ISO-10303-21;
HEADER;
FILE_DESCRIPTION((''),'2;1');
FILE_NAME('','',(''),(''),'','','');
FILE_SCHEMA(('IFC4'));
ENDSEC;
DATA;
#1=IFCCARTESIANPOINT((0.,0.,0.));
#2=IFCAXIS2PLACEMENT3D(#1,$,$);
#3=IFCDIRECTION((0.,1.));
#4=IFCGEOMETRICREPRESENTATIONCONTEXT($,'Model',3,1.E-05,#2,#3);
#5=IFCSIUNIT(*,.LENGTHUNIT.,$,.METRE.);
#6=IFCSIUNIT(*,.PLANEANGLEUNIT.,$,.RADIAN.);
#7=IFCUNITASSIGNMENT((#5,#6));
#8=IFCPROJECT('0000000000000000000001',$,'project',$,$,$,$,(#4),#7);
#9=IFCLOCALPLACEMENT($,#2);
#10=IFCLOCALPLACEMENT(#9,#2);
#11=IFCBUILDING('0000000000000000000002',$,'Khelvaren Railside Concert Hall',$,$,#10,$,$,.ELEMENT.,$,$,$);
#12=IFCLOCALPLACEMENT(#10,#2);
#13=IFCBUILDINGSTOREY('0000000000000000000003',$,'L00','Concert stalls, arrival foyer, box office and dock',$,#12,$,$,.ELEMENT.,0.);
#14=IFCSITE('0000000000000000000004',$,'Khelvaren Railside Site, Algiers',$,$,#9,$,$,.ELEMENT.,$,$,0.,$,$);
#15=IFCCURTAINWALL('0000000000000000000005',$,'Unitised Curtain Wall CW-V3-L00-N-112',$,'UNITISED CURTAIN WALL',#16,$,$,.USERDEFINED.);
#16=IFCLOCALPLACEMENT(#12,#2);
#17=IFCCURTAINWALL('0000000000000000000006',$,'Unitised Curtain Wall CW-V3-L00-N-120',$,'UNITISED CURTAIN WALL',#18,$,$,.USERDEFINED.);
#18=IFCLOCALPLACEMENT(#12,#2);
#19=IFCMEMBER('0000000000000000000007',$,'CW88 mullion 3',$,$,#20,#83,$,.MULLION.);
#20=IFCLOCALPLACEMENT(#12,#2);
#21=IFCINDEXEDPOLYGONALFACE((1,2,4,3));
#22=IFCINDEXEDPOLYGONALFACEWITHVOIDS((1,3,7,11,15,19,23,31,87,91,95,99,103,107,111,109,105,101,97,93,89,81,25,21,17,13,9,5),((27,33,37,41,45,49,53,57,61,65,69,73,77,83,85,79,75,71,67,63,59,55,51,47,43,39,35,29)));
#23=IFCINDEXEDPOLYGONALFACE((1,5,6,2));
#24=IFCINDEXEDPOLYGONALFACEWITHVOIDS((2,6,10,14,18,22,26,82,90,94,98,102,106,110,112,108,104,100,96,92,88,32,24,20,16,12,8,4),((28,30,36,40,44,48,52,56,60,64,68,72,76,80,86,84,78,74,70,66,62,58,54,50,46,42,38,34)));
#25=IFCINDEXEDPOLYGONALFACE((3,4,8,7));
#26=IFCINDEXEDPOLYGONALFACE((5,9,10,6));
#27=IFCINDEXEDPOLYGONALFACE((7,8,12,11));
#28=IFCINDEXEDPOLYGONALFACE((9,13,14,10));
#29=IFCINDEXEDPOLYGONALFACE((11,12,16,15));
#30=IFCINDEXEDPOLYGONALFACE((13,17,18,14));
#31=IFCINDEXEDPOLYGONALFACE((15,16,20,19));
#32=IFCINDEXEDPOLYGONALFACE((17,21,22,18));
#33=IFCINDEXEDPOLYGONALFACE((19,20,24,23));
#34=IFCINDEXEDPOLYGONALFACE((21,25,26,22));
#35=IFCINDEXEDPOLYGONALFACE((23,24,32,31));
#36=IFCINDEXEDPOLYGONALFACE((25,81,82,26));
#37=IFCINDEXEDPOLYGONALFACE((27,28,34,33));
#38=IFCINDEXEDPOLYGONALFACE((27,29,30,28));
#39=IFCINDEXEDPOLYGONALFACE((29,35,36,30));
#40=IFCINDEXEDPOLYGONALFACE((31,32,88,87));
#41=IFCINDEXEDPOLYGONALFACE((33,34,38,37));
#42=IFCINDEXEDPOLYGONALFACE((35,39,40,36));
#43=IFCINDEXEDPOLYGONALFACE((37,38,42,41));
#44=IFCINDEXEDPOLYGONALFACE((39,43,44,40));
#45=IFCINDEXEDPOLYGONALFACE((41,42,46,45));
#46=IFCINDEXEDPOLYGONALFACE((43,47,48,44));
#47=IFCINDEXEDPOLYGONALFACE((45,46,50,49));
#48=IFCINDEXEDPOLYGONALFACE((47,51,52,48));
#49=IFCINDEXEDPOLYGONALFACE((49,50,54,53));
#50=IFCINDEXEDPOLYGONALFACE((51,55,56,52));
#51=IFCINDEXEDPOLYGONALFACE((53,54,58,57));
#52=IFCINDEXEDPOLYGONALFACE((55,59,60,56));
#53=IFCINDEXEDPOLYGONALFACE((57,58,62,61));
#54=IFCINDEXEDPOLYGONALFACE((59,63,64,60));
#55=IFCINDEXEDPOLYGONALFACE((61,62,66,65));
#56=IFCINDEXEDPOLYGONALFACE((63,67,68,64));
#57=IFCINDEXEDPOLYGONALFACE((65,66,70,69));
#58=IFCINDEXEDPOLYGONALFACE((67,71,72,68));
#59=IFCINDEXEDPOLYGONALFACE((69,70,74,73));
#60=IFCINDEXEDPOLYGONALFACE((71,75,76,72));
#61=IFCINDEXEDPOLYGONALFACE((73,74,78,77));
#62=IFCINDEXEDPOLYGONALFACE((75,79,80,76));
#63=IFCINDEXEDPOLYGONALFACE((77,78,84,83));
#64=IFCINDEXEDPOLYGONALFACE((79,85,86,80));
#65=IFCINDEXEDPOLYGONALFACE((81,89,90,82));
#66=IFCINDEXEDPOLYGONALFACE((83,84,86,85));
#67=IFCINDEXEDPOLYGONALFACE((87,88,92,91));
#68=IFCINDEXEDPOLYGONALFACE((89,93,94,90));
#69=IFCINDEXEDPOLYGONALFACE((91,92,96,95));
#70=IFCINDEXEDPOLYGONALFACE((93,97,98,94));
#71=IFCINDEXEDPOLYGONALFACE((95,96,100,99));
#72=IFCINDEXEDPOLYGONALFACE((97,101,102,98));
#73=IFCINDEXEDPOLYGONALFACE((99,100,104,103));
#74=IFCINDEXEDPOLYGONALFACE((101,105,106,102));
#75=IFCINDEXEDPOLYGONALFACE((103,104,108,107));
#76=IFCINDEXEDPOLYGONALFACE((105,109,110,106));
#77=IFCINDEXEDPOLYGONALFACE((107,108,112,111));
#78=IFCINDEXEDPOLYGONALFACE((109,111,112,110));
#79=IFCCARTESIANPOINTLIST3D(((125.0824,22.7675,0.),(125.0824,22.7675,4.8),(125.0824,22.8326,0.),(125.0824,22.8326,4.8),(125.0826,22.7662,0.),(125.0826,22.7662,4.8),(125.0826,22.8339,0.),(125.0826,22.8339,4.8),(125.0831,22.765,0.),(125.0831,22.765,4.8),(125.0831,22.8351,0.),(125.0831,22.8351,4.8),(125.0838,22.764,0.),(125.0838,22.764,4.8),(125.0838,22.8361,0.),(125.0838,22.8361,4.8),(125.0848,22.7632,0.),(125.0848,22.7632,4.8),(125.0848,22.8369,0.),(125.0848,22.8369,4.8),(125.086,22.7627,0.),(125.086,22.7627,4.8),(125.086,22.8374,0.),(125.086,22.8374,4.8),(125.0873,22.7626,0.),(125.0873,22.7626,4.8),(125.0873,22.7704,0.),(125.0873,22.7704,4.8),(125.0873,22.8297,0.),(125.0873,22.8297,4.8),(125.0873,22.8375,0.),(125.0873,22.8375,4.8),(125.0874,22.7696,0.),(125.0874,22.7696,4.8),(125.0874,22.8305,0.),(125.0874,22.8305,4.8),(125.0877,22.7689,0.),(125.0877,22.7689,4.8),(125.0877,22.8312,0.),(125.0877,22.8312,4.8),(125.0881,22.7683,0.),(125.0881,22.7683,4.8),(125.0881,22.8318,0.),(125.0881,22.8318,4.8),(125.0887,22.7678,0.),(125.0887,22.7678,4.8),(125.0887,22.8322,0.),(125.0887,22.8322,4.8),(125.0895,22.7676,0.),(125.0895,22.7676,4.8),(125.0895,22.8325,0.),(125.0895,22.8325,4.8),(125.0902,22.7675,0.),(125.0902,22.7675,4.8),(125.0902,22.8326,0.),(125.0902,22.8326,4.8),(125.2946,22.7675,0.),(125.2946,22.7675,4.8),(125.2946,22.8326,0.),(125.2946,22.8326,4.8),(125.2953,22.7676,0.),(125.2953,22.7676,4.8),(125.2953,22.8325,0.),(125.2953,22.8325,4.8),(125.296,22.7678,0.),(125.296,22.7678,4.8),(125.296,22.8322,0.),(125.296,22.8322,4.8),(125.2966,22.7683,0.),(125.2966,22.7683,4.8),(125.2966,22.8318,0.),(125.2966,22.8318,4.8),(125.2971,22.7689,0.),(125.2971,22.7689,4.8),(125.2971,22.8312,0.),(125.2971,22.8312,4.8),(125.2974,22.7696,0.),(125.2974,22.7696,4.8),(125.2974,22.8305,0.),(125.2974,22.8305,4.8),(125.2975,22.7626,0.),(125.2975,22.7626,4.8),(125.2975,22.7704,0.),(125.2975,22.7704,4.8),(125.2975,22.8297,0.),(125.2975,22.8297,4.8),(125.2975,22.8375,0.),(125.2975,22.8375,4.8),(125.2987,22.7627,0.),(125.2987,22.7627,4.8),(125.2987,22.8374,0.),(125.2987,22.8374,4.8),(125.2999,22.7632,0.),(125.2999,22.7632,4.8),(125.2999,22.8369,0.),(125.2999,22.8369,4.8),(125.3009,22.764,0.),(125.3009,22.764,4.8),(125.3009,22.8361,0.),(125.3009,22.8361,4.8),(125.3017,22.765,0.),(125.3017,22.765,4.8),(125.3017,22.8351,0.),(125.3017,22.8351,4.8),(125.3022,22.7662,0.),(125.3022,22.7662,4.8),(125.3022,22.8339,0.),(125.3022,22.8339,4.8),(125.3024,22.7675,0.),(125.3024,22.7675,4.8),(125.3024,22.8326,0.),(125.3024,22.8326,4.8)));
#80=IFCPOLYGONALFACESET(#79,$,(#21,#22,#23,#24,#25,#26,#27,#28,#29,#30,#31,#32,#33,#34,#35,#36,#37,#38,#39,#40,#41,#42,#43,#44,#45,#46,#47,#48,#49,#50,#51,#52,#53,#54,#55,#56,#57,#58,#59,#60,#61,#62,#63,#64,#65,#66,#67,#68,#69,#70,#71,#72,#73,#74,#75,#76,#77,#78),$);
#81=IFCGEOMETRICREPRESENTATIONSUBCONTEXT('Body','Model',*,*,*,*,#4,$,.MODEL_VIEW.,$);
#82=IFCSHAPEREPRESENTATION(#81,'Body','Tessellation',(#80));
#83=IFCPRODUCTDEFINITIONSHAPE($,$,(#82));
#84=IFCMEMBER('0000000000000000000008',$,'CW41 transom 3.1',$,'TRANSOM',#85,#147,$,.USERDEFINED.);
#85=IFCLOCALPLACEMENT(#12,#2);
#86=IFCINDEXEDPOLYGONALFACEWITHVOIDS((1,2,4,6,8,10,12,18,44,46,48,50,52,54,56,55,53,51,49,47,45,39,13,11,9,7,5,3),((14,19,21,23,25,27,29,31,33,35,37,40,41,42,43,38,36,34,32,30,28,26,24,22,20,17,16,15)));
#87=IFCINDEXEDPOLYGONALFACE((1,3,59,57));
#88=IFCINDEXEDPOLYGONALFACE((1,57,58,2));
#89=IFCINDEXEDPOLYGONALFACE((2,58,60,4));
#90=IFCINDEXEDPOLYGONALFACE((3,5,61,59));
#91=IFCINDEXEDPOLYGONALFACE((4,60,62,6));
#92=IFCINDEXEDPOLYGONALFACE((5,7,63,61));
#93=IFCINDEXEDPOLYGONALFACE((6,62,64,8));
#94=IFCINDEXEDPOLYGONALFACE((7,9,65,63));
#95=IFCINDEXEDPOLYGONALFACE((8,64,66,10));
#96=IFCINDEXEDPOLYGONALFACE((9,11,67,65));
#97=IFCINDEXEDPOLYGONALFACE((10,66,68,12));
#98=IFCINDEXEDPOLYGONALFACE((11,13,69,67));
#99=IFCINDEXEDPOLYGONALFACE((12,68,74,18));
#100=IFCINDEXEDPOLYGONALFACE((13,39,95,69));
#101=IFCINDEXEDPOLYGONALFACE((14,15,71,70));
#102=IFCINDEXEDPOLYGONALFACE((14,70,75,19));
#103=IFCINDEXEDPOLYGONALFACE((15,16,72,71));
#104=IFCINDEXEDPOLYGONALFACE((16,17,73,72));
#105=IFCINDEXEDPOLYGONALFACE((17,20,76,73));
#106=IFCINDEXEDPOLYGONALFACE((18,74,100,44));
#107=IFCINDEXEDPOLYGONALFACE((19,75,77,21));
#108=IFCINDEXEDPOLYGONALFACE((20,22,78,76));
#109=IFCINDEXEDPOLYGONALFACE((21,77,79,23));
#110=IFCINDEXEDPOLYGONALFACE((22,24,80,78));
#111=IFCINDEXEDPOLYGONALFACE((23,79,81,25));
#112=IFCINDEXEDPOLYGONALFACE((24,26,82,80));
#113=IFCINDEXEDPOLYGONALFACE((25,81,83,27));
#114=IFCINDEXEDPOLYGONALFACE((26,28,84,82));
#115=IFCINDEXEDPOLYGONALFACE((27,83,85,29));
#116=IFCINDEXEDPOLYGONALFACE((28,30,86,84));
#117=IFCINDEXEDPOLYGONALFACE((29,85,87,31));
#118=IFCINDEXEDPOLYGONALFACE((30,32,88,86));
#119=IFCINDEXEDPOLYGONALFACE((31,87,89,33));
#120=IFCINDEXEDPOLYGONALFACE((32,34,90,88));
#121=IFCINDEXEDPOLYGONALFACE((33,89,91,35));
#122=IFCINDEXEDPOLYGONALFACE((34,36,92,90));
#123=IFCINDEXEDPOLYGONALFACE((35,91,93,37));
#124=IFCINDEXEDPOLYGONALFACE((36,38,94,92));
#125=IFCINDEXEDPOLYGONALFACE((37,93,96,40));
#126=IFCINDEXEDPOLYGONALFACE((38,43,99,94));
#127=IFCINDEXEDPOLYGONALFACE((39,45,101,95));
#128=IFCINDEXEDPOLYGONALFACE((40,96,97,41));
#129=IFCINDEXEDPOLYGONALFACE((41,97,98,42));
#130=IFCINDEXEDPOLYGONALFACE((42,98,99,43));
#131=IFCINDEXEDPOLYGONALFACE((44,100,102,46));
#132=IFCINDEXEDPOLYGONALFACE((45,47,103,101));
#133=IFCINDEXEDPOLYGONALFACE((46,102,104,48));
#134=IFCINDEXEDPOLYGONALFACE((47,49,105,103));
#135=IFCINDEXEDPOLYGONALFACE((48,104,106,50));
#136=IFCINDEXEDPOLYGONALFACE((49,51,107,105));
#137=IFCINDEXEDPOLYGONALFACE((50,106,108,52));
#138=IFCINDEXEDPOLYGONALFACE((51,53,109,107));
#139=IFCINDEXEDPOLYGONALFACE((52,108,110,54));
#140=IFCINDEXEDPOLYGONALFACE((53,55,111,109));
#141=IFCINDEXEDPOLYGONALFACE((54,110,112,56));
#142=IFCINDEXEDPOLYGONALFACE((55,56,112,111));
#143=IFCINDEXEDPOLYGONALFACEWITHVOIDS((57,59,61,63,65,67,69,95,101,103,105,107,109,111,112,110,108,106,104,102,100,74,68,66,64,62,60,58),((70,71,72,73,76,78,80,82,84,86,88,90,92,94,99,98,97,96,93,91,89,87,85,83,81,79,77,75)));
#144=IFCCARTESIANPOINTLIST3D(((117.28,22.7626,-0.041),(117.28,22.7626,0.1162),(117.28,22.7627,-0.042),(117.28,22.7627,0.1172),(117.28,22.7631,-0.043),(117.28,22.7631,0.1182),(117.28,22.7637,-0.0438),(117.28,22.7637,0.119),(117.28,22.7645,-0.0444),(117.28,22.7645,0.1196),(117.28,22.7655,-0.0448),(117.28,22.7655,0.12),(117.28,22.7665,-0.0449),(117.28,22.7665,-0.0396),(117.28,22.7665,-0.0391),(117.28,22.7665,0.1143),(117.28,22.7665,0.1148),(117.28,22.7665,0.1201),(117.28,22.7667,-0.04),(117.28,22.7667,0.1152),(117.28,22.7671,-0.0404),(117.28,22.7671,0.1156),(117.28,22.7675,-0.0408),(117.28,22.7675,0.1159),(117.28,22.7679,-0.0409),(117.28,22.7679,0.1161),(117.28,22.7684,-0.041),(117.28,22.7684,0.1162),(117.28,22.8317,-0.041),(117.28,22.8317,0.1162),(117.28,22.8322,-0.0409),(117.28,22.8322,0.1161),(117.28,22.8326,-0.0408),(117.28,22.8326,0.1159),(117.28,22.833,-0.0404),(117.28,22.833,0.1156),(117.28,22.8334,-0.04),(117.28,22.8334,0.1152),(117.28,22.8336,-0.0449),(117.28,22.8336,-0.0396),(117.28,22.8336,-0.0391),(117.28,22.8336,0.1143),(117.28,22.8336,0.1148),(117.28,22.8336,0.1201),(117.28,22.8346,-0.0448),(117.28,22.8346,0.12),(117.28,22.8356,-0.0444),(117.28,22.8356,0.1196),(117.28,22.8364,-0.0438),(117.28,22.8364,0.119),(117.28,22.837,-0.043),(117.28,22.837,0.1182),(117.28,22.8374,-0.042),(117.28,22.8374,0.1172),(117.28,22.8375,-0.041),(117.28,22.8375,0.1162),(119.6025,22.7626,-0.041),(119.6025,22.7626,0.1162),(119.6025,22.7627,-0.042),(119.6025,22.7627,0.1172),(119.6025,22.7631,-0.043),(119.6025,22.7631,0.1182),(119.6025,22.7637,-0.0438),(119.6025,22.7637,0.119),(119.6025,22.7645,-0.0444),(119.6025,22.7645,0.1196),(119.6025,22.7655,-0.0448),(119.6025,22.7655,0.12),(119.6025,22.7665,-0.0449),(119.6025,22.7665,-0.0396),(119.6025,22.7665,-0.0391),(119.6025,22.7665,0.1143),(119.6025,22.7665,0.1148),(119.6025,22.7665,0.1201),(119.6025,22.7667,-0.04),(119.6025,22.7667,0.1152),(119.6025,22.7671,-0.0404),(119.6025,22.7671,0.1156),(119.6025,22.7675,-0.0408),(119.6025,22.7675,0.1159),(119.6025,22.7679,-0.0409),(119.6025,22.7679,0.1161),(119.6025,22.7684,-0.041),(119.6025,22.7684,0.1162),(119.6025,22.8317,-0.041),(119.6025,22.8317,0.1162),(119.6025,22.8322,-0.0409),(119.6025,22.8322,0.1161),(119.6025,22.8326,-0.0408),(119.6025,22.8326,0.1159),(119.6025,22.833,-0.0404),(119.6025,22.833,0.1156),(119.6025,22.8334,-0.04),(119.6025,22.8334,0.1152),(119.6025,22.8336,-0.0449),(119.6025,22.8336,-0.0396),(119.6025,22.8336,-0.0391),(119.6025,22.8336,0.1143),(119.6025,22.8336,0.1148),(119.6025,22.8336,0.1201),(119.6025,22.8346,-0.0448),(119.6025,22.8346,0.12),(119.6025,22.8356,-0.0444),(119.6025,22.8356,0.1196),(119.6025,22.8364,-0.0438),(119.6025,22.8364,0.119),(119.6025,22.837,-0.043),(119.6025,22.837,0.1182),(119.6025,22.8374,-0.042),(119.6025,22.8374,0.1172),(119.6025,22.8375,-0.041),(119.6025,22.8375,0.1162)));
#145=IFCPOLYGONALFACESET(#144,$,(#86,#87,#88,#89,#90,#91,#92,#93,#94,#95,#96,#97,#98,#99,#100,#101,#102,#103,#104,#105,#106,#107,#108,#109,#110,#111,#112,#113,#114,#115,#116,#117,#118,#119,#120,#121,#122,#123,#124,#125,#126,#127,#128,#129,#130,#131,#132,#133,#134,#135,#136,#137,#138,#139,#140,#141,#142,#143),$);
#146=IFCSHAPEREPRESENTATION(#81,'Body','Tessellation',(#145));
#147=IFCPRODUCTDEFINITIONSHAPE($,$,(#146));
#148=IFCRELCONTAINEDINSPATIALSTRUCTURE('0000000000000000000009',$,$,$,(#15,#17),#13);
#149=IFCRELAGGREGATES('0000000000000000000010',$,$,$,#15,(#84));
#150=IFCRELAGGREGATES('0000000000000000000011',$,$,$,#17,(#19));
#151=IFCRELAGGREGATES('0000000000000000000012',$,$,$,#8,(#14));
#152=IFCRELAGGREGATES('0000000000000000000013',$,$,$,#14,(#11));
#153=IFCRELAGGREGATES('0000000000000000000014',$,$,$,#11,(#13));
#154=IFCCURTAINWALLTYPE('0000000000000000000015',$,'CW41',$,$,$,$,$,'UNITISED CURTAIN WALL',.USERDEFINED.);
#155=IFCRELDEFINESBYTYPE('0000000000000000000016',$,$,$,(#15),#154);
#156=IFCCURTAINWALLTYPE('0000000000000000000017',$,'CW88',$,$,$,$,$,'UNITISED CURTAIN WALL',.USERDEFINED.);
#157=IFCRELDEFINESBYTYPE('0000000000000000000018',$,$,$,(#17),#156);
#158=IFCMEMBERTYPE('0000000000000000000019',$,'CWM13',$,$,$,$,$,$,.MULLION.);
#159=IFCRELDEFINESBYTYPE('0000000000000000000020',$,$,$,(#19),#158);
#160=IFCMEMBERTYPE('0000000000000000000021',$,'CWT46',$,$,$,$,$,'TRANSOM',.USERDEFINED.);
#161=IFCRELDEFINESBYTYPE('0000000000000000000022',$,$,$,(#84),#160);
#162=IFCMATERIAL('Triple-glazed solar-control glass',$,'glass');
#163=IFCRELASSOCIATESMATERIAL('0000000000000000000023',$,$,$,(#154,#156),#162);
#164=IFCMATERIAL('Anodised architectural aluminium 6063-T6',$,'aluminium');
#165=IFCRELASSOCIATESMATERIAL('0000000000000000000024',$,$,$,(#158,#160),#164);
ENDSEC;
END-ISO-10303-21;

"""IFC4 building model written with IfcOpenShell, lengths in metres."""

from ifc_helpers import new_model, si_unit, direction, frame, origin, origin_2d, place, context, subcontext, project, spatial, hollow_rectangle, extrude, material, material_profile, profile_set, type_object, element, aggregate, save


model = new_model("IFC4")

# Units and contexts
model_context = context("Model", 3, precision=1e-05, world=origin(), true_north=direction((0.0, 1.0)))
body_context = subcontext(model_context, "Body", "Model", "MODEL_VIEW")
ifc_project = project(units=[si_unit("LENGTHUNIT", "METRE"), si_unit("PLANEANGLEUNIT", "RADIAN")], contexts=[model_context])

# Site, building, storey
site_placement = place(None, origin())
site = spatial("IfcSite", under=ifc_project, at=site_placement, Name="Khelvaren Railside Site, Algiers", CompositionType="ELEMENT", RefElevation=0.0)
building_placement = place(site_placement, origin())
building = spatial("IfcBuilding", under=site, at=building_placement, Name="Khelvaren Railside Concert Hall", CompositionType="ELEMENT")
storey_placement = place(building_placement, origin())
storey = spatial("IfcBuildingStorey", under=building, at=storey_placement, Name="L00", Description="Concert stalls, arrival foyer, box office and dock", CompositionType="ELEMENT", Elevation=0.0)

# Curtain walls, member
ifc_material_1 = material(Name="Triple-glazed solar-control glass", Category="glass")
curtain_wall_type_1 = type_object("IfcCurtainWallType", Name="CW41", ElementType="UNITISED CURTAIN WALL", PredefinedType="USERDEFINED", material=ifc_material_1)
curtain_wall_1_placement = place(storey_placement, origin())
curtain_wall_1 = element("IfcCurtainWall", 1, at=curtain_wall_1_placement, inside=storey, type_object=curtain_wall_type_1, Name="Unitised Curtain Wall CW-V3-L00-N-112", ObjectType="UNITISED CURTAIN WALL", PredefinedType="USERDEFINED")
ifc_material_2 = material(Name="Anodised architectural aluminium 6063-T6", Category="aluminium")
ifc_material_profile_1 = material_profile(ifc_material_2, hollow_rectangle(XDim=0.075, YDim=0.22, WallThickness=0.0049, InnerFilletRadius=0.0029, OuterFilletRadius=0.0049, at=origin_2d()), Name="CWM 75x220x5")
ifc_profile_set_1 = profile_set([ifc_material_profile_1], Name="Anodised architectural aluminium 6063-T6")
member_type_1 = type_object("IfcMemberType", Name="CWM13", PredefinedType="MULLION", material=ifc_profile_set_1)
curtain_wall_type_2 = type_object("IfcCurtainWallType", Name="CW88", ElementType="UNITISED CURTAIN WALL", PredefinedType="USERDEFINED", material=ifc_material_1)
curtain_wall_2_placement = place(storey_placement, origin())
curtain_wall_2 = element("IfcCurtainWall", 2, at=curtain_wall_2_placement, inside=storey, type_object=curtain_wall_type_2, Name="Unitised Curtain Wall CW-V3-L00-N-120", ObjectType="UNITISED CURTAIN WALL", PredefinedType="USERDEFINED")
member_1_placement = place(storey_placement, frame((125.1924, 22.8, 0.0), z_axis=(0.0, 0.0, 1.0), x_axis=(0.0, 1.0, 0.0)))
member_1 = element("IfcMember", 3, at=member_1_placement, type_object=member_type_1, Name="CW88 mullion 3", PredefinedType="MULLION", context=body_context, shape_type="SweptSolid", body=[
    extrude(hollow_rectangle(XDim=0.075, YDim=0.22, WallThickness=0.0049, InnerFilletRadius=0.0029, OuterFilletRadius=0.0049, at=origin_2d()), origin(), (0.0, 0.0, 1.0), 4.8),
])

# Member
ifc_material_profile_2 = material_profile(ifc_material_2, hollow_rectangle(XDim=0.075, YDim=0.165, WallThickness=0.0039, InnerFilletRadius=0.002, OuterFilletRadius=0.0039, at=origin_2d()), Name="CWT 75x165x4")
ifc_profile_set_2 = profile_set([ifc_material_profile_2], Name="Anodised architectural aluminium 6063-T6")
member_type_2 = type_object("IfcMemberType", Name="CWT46", ElementType="TRANSOM", PredefinedType="USERDEFINED", material=ifc_profile_set_2)
member_2_placement = place(storey_placement, frame((117.28, 22.8, 0.0376), z_axis=(1.0, 0.0, 0.0), x_axis=(0.0, 1.0, 0.0)))
member_2 = element("IfcMember", 4, at=member_2_placement, type_object=member_type_2, Name="CW41 transom 3.1", ObjectType="TRANSOM", PredefinedType="USERDEFINED", context=body_context, shape_type="SweptSolid", body=[
    extrude(hollow_rectangle(XDim=0.075, YDim=0.165, WallThickness=0.0039, InnerFilletRadius=0.002, OuterFilletRadius=0.0039, at=origin_2d()), origin(), (0.0, 0.0, 1.0), 2.3225),
])

aggregate(curtain_wall_1, [member_2])
aggregate(curtain_wall_2, [member_1])

save(model, "model.ifc")
